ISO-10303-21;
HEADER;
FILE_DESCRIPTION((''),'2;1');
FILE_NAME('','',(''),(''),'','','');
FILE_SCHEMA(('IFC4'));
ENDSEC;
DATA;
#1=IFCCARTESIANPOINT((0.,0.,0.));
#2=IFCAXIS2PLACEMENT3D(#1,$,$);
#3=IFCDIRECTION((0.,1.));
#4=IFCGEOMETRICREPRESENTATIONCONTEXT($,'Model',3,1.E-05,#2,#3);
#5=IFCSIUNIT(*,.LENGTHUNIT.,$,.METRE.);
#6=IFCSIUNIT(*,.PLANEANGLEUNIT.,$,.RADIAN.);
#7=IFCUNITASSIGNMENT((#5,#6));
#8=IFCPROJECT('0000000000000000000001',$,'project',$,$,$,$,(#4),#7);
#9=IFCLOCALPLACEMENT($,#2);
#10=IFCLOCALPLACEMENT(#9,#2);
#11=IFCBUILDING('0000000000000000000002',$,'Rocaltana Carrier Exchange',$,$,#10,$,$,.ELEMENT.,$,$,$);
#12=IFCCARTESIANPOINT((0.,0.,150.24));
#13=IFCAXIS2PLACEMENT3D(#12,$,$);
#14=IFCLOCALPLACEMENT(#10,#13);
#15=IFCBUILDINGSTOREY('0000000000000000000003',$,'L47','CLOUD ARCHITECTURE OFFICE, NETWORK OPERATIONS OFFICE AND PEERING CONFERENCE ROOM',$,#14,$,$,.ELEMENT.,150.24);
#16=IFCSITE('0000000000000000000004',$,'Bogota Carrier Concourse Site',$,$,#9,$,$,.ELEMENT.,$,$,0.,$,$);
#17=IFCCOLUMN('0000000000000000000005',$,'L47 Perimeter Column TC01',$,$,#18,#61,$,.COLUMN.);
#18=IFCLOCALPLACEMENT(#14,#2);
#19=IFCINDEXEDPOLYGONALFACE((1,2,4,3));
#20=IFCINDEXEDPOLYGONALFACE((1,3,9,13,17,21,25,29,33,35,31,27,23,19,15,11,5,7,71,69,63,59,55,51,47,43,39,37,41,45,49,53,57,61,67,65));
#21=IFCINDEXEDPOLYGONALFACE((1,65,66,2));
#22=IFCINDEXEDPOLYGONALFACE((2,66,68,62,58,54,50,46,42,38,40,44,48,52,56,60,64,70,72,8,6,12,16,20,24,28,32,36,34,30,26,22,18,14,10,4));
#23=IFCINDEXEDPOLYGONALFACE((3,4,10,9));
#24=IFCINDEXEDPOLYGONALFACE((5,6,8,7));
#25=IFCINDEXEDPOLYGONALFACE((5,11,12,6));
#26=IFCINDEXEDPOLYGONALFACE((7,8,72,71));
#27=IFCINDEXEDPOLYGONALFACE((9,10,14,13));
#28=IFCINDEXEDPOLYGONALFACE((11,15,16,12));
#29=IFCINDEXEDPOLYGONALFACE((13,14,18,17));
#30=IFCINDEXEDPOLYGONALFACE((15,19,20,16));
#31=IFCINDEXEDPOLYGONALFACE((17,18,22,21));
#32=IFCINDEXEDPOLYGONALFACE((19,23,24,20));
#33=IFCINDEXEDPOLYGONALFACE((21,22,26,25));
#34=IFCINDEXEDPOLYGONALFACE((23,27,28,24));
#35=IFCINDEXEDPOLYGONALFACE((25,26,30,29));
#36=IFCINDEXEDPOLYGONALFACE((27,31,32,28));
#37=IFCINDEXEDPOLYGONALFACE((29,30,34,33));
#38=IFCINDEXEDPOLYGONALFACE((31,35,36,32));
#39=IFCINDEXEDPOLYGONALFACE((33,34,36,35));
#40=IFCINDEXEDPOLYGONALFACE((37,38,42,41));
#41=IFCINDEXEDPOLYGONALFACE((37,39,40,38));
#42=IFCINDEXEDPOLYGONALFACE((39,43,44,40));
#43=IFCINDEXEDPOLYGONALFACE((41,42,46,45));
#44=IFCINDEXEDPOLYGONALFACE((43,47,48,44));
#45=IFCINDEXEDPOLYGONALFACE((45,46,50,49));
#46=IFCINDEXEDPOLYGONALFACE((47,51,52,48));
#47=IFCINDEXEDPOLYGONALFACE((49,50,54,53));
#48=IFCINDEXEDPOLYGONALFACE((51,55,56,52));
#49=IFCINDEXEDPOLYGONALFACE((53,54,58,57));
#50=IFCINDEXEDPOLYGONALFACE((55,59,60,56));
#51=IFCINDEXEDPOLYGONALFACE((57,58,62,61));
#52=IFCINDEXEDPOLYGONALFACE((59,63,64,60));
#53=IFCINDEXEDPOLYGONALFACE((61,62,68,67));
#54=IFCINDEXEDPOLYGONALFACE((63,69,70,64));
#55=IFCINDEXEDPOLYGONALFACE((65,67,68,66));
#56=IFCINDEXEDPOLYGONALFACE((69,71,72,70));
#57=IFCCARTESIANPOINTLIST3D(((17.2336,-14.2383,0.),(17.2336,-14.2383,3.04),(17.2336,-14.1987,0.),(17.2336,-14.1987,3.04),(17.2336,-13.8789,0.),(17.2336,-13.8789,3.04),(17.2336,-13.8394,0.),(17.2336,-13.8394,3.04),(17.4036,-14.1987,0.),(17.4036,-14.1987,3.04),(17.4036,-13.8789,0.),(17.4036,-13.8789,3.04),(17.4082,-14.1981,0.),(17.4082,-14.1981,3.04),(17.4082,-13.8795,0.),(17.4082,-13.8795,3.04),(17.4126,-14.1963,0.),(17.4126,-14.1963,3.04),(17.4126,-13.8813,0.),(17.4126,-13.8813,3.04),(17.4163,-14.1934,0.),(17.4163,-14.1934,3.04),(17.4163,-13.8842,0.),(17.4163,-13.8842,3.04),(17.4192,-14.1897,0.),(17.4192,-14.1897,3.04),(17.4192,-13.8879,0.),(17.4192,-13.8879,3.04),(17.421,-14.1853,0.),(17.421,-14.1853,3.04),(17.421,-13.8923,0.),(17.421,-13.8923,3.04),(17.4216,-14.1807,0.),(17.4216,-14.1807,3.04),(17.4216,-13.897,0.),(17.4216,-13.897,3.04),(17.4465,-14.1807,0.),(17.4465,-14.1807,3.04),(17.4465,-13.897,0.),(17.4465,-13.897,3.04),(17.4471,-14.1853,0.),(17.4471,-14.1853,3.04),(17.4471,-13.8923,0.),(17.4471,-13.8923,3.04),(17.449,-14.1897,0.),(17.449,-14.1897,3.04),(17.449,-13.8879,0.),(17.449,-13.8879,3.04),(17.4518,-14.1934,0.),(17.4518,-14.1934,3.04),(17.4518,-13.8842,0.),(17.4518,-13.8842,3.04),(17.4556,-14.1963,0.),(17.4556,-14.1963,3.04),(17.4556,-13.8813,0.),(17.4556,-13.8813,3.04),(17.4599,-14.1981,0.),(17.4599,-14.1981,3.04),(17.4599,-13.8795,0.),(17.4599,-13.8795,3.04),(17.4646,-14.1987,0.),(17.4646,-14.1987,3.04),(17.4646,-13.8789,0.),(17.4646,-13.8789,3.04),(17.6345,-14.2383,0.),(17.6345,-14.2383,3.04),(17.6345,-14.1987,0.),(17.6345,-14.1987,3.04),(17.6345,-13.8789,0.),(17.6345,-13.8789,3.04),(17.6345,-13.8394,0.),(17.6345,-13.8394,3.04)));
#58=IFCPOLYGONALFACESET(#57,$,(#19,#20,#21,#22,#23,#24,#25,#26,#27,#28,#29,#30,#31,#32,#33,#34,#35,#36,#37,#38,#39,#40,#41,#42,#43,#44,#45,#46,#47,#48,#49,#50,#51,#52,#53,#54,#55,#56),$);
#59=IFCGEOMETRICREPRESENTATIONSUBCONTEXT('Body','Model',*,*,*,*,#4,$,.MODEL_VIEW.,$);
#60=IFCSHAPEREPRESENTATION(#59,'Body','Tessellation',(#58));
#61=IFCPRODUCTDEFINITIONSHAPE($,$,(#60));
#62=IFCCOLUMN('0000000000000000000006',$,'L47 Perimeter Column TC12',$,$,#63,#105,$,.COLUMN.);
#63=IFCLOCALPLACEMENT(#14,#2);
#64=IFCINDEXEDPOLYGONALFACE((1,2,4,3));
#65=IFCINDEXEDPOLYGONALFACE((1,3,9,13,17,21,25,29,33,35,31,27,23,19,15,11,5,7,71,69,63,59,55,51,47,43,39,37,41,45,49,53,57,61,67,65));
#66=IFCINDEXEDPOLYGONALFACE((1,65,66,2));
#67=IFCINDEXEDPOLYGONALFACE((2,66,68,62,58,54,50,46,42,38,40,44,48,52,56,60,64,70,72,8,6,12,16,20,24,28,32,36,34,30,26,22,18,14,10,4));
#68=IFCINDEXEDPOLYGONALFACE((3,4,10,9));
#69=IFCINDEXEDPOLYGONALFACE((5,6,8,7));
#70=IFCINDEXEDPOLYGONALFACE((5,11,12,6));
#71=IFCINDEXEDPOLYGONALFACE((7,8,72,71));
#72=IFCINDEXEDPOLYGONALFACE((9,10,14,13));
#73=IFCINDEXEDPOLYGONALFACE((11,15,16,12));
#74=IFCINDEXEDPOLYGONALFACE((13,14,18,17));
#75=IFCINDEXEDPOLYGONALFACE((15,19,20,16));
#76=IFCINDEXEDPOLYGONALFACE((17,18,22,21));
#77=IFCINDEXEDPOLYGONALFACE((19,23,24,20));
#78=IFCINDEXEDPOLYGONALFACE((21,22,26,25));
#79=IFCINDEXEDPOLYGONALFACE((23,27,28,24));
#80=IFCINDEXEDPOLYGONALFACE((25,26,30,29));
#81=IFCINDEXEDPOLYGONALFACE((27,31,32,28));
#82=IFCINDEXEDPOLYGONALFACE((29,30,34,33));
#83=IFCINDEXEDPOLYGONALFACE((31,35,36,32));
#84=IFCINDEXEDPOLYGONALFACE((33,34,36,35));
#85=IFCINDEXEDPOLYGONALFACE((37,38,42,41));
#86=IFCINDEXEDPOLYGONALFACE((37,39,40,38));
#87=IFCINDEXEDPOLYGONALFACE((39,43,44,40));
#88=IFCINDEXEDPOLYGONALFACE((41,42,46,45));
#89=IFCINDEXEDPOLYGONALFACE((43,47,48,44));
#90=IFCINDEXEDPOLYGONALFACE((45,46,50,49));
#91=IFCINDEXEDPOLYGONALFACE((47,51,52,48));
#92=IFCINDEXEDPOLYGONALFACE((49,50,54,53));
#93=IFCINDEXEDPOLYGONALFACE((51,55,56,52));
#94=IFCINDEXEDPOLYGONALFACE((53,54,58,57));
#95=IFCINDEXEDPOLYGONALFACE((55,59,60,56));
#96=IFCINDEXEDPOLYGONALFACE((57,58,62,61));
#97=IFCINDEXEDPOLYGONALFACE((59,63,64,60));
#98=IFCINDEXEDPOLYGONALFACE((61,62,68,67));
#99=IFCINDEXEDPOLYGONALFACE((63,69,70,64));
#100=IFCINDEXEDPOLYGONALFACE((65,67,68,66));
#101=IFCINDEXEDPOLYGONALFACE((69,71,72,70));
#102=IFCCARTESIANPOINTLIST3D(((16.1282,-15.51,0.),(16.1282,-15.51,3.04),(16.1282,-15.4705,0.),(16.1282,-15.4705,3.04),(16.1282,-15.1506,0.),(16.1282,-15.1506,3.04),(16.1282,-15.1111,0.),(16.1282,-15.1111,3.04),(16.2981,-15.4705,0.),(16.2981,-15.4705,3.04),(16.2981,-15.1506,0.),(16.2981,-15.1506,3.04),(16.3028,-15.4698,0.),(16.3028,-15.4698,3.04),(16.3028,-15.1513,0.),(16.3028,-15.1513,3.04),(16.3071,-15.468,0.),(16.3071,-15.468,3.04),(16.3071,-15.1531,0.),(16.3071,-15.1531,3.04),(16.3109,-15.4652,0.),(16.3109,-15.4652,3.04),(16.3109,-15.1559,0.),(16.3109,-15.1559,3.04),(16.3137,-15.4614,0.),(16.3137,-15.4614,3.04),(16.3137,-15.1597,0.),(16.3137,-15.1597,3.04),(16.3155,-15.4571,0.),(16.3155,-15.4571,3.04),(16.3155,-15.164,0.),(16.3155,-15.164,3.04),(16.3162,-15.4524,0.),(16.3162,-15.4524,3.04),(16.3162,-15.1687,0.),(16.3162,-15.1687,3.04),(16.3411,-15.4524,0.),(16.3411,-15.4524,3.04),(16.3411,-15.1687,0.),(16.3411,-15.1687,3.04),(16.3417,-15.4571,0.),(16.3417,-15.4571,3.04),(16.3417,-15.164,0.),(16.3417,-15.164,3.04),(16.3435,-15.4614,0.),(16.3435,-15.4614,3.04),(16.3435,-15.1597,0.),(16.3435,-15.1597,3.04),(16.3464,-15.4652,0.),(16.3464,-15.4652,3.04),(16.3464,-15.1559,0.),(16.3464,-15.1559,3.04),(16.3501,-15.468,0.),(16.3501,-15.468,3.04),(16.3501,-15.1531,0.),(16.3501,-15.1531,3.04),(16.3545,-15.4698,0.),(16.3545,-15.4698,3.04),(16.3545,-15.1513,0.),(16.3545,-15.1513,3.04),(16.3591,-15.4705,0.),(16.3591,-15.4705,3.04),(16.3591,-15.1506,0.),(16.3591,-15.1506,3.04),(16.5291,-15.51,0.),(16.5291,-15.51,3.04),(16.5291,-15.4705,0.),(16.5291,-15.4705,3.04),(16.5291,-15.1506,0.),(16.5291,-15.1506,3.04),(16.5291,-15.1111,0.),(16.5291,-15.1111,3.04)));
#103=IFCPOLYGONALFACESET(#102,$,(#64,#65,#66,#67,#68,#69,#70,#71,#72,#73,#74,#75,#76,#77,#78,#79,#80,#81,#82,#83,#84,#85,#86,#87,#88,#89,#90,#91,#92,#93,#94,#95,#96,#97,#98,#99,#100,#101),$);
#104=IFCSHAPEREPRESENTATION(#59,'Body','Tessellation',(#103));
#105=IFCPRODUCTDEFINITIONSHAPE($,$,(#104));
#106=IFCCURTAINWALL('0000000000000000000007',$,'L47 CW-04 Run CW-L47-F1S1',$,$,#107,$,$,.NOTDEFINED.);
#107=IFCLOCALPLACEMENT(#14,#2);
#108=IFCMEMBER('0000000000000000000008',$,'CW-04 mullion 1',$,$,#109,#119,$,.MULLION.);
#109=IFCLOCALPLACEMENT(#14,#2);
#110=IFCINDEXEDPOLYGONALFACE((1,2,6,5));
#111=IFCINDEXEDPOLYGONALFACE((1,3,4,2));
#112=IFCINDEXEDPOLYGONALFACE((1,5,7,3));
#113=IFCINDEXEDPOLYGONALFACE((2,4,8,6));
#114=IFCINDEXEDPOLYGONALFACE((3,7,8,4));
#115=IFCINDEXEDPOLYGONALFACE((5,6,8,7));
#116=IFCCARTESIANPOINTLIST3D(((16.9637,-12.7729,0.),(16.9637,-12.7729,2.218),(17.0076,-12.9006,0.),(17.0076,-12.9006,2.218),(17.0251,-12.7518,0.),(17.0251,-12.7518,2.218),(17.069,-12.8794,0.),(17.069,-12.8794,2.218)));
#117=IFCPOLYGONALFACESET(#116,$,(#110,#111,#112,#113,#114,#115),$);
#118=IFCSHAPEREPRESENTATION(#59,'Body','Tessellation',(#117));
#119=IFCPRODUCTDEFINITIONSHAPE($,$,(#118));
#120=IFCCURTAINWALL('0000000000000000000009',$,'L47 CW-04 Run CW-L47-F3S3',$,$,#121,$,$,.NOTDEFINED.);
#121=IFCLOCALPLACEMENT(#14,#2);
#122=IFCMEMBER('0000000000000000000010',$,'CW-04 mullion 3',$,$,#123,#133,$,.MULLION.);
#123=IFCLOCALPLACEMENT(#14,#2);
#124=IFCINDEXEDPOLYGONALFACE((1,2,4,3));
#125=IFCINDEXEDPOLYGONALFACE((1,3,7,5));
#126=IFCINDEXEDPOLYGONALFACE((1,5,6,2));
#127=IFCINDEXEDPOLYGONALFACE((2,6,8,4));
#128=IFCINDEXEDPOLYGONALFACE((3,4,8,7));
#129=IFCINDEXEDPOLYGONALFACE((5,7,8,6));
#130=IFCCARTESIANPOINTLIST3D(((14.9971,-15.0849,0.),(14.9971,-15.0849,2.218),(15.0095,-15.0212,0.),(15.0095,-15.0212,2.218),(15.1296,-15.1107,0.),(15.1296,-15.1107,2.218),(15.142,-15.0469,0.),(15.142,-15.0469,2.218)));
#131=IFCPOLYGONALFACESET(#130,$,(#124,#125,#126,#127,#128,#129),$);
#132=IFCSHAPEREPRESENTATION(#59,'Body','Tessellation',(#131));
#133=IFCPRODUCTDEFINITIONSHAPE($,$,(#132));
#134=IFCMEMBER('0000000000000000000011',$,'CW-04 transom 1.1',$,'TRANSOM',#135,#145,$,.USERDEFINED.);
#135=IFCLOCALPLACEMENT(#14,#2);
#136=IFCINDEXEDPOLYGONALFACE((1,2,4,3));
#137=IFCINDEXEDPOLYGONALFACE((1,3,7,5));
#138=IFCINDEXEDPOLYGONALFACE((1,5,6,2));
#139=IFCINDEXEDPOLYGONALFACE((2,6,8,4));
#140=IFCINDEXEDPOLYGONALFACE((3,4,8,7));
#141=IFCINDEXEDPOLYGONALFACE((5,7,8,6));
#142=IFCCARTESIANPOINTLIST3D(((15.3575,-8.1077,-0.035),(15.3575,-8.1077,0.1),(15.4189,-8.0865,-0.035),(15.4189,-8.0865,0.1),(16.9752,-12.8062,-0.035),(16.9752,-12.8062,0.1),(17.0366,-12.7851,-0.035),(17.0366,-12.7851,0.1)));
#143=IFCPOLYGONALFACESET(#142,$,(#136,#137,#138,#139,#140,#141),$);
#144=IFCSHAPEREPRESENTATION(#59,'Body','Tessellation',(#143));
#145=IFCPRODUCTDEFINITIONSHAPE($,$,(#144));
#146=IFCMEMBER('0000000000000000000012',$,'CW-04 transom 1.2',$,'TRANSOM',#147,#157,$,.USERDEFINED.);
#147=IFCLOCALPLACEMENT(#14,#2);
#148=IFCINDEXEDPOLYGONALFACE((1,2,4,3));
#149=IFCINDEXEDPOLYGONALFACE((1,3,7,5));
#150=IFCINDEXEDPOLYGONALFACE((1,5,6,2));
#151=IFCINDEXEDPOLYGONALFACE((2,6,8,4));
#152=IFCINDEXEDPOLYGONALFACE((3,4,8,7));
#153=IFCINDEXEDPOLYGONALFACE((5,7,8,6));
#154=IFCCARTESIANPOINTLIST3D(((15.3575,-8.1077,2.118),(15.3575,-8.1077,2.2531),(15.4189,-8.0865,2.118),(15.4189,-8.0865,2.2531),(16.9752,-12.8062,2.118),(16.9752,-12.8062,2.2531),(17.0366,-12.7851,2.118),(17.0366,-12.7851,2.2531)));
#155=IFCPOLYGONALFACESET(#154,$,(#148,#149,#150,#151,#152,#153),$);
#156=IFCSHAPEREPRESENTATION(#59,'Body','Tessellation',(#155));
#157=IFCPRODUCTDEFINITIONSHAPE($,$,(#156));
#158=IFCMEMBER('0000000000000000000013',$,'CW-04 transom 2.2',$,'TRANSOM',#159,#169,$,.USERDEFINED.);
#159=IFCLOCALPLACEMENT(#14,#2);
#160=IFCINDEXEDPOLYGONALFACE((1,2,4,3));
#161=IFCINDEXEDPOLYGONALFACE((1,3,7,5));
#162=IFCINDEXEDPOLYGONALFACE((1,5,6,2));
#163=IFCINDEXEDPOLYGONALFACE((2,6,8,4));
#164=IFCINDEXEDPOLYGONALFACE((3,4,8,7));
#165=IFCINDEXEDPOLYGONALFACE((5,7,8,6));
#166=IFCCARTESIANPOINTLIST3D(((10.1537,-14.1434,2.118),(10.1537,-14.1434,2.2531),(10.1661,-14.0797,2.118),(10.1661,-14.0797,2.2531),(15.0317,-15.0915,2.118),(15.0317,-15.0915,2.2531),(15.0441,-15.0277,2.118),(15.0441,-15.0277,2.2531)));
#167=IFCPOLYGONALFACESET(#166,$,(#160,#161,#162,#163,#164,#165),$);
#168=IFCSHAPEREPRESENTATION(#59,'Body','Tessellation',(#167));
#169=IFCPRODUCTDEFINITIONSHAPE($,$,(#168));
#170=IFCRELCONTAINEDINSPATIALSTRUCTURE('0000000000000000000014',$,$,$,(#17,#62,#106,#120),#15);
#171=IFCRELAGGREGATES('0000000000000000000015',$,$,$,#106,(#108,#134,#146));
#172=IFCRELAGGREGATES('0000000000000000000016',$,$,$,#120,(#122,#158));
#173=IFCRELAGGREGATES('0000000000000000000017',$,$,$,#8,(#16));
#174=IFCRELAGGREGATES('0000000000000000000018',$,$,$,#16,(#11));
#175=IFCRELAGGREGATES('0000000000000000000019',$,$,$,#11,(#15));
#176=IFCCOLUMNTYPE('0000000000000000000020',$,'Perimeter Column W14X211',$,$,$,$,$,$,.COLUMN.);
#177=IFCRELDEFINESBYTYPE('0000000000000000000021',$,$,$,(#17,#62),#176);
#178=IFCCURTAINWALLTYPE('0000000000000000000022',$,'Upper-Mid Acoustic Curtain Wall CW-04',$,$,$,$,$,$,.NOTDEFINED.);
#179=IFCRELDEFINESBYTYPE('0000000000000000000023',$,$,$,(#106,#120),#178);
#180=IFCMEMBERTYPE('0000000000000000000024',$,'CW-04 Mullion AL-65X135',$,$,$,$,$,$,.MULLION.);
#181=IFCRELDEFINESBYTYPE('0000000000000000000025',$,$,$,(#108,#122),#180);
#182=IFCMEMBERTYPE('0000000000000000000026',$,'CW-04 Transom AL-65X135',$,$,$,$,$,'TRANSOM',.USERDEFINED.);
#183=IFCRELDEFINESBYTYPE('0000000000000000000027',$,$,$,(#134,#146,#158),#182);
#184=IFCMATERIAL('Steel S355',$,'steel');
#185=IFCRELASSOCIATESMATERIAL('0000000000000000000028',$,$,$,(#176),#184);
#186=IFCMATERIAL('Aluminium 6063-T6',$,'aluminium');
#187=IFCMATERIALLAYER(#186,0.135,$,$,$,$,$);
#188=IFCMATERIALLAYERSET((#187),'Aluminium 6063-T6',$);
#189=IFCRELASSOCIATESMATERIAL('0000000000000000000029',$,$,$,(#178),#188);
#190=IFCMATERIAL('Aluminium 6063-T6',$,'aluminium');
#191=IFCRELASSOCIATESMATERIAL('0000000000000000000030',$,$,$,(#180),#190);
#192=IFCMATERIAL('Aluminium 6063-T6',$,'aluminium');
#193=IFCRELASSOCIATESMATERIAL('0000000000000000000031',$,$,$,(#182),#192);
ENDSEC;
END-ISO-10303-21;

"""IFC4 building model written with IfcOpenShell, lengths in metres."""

from ifc_helpers import new_model, si_unit, direction, frame, origin, origin_2d, place, context, subcontext, project, spatial, rectangle, i_section, extrude, material, layer, layer_set, material_profile, profile_set, type_object, element, aggregate, save


model = new_model("IFC4")

# Units and contexts
model_context = context("Model", 3, precision=1e-05, world=origin(), true_north=direction((0.0, 1.0)))
body_context = subcontext(model_context, "Body", "Model", "MODEL_VIEW")
ifc_project = project(units=[si_unit("LENGTHUNIT", "METRE"), si_unit("PLANEANGLEUNIT", "RADIAN")], contexts=[model_context])

# Site, building, storey
site_placement = place(None, origin())
site = spatial("IfcSite", under=ifc_project, at=site_placement, Name="Bogota Carrier Concourse Site", CompositionType="ELEMENT", RefElevation=0.0)
building_placement = place(site_placement, origin())
building = spatial("IfcBuilding", under=site, at=building_placement, Name="Rocaltana Carrier Exchange", CompositionType="ELEMENT")
storey_placement = place(building_placement, frame((0.0, 0.0, 150.24)))
storey = spatial("IfcBuildingStorey", under=building, at=storey_placement, Name="L47", Description="CLOUD ARCHITECTURE OFFICE, NETWORK OPERATIONS OFFICE AND PEERING CONFERENCE ROOM", CompositionType="ELEMENT", Elevation=150.24)

# Columns
ifc_material_1 = material(Name="Steel S355", Category="steel")
ifc_material_profile_1 = material_profile(ifc_material_1, i_section(OverallWidth=0.4009, OverallDepth=0.3989, WebThickness=0.0249, FlangeThickness=0.0396, FilletRadius=0.0181, at=origin_2d()), Name="W14X211")
ifc_profile_set_1 = profile_set([ifc_material_profile_1], Name="Steel S355")
column_type = type_object("IfcColumnType", Name="Perimeter Column W14X211", PredefinedType="COLUMN", material=ifc_profile_set_1)
for number, where, z_axis, x_axis, name in (
    (1, (17.4341, -14.0388, 0.0), (0.0, 0.0, 1.0), (1.0, 0.0, 0.0), "L47 Perimeter Column TC01"),
    (2, (16.3286, -15.3105, 0.0), (0.0, 0.0, 1.0), (1.0, 0.0, 0.0), "L47 Perimeter Column TC12"),
):
    element("IfcColumn", number, at=place(storey_placement, frame(where, z_axis=z_axis, x_axis=x_axis)), inside=storey, type_object=column_type, Name=name, PredefinedType="COLUMN", context=body_context, shape_type="SweptSolid", body=[
        extrude(i_section(OverallWidth=0.4009, OverallDepth=0.3989, WebThickness=0.0249, FlangeThickness=0.0396, FilletRadius=0.0181, at=origin_2d()), origin(), (0.0, 0.0, 1.0), 3.04),
    ])

# Curtain walls, members
ifc_material_2 = material(Name="Aluminium 6063-T6", Category="aluminium")
ifc_layer_1 = layer(ifc_material_2, 0.135)
ifc_layer_set_1 = layer_set([ifc_layer_1], Name="Aluminium 6063-T6")
curtain_wall_type = type_object("IfcCurtainWallType", Name="Upper-Mid Acoustic Curtain Wall CW-04", PredefinedType="NOTDEFINED", material=ifc_layer_set_1)
curtain_wall_1_placement = place(storey_placement, origin())
curtain_wall_1 = element("IfcCurtainWall", 3, at=curtain_wall_1_placement, inside=storey, type_object=curtain_wall_type, Name="L47 CW-04 Run CW-L47-F1S1", PredefinedType="NOTDEFINED")
ifc_material_3 = material(Name="Aluminium 6063-T6", Category="aluminium")
ifc_material_profile_2 = material_profile(ifc_material_3, rectangle(XDim=0.0649, YDim=0.135, at=origin_2d()), Name="AL-65X135")
ifc_profile_set_2 = profile_set([ifc_material_profile_2], Name="Aluminium 6063-T6")
member_type_1 = type_object("IfcMemberType", Name="CW-04 Mullion AL-65X135", PredefinedType="MULLION", material=ifc_profile_set_2)
member_1_placement = place(storey_placement, frame((17.0164, -12.8262, 0.0), z_axis=(0.0, 0.0, 1.0), x_axis=(-0.945522, -0.325559, 0.0)))
member_1 = element("IfcMember", 4, at=member_1_placement, type_object=member_type_1, Name="CW-04 mullion 1", PredefinedType="MULLION", context=body_context, shape_type="SweptSolid", body=[
    extrude(rectangle(XDim=0.0649, YDim=0.135, at=origin_2d()), origin(), (0.0, 0.0, 1.0), 2.218),
])
curtain_wall_2_placement = place(storey_placement, origin())
curtain_wall_2 = element("IfcCurtainWall", 5, at=curtain_wall_2_placement, inside=storey, type_object=curtain_wall_type, Name="L47 CW-04 Run CW-L47-F3S3", PredefinedType="NOTDEFINED")
member_2_placement = place(storey_placement, frame((15.0696, -15.0659, 0.0), z_axis=(0.0, 0.0, 1.0), x_axis=(0.190805, 0.981628, 0.0)))
member_2 = element("IfcMember", 6, at=member_2_placement, type_object=member_type_1, Name="CW-04 mullion 3", PredefinedType="MULLION", context=body_context, shape_type="SweptSolid", body=[
    extrude(rectangle(XDim=0.0649, YDim=0.135, at=origin_2d()), origin(), (0.0, 0.0, 1.0), 2.218),
])

# Members
ifc_material_4 = material(Name="Aluminium 6063-T6", Category="aluminium")
ifc_material_profile_3 = material_profile(ifc_material_4, rectangle(XDim=0.0649, YDim=0.135, at=origin_2d()), Name="AL-65X135")
ifc_profile_set_3 = profile_set([ifc_material_profile_3], Name="Aluminium 6063-T6")
member_type_2 = type_object("IfcMemberType", Name="CW-04 Transom AL-65X135", ElementType="TRANSOM", PredefinedType="USERDEFINED", material=ifc_profile_set_3)
member_3_placement = place(storey_placement, frame((17.0059, -12.7957, 0.0325), z_axis=(-0.325542, 0.945527, 0.0), x_axis=(-0.945527, -0.325542, 0.0)))
member_3 = element("IfcMember", 7, at=member_3_placement, type_object=member_type_2, Name="CW-04 transom 1.1", ObjectType="TRANSOM", PredefinedType="USERDEFINED", context=body_context, shape_type="SweptSolid", body=[
    extrude(rectangle(XDim=0.0649, YDim=0.135, at=origin_2d()), origin(), (0.0, 0.0, 1.0), 4.9692),
])
member_4_placement = place(storey_placement, frame((17.0059, -12.7957, 2.1855), z_axis=(-0.325542, 0.945527, 0.0), x_axis=(-0.945527, -0.325542, 0.0)))
member_4 = element("IfcMember", 8, at=member_4_placement, type_object=member_type_2, Name="CW-04 transom 1.2", ObjectType="TRANSOM", PredefinedType="USERDEFINED", context=body_context, shape_type="SweptSolid", body=[
    extrude(rectangle(XDim=0.0649, YDim=0.135, at=origin_2d()), origin(), (0.0, 0.0, 1.0), 4.9692),
])
member_5_placement = place(storey_placement, frame((10.1599, -14.1116, 2.1855), z_axis=(0.981634, -0.190775, 0.0), x_axis=(0.190775, 0.981634, 0.0)))
member_5 = element("IfcMember", 9, at=member_5_placement, type_object=member_type_2, Name="CW-04 transom 2.2", ObjectType="TRANSOM", PredefinedType="USERDEFINED", context=body_context, shape_type="SweptSolid", body=[
    extrude(rectangle(XDim=0.0649, YDim=0.135, at=origin_2d()), origin(), (0.0, 0.0, 1.0), 4.9692),
])

aggregate(curtain_wall_1, [member_1, member_3, member_4])
aggregate(curtain_wall_2, [member_2, member_5])

save(model, "model.ifc")
